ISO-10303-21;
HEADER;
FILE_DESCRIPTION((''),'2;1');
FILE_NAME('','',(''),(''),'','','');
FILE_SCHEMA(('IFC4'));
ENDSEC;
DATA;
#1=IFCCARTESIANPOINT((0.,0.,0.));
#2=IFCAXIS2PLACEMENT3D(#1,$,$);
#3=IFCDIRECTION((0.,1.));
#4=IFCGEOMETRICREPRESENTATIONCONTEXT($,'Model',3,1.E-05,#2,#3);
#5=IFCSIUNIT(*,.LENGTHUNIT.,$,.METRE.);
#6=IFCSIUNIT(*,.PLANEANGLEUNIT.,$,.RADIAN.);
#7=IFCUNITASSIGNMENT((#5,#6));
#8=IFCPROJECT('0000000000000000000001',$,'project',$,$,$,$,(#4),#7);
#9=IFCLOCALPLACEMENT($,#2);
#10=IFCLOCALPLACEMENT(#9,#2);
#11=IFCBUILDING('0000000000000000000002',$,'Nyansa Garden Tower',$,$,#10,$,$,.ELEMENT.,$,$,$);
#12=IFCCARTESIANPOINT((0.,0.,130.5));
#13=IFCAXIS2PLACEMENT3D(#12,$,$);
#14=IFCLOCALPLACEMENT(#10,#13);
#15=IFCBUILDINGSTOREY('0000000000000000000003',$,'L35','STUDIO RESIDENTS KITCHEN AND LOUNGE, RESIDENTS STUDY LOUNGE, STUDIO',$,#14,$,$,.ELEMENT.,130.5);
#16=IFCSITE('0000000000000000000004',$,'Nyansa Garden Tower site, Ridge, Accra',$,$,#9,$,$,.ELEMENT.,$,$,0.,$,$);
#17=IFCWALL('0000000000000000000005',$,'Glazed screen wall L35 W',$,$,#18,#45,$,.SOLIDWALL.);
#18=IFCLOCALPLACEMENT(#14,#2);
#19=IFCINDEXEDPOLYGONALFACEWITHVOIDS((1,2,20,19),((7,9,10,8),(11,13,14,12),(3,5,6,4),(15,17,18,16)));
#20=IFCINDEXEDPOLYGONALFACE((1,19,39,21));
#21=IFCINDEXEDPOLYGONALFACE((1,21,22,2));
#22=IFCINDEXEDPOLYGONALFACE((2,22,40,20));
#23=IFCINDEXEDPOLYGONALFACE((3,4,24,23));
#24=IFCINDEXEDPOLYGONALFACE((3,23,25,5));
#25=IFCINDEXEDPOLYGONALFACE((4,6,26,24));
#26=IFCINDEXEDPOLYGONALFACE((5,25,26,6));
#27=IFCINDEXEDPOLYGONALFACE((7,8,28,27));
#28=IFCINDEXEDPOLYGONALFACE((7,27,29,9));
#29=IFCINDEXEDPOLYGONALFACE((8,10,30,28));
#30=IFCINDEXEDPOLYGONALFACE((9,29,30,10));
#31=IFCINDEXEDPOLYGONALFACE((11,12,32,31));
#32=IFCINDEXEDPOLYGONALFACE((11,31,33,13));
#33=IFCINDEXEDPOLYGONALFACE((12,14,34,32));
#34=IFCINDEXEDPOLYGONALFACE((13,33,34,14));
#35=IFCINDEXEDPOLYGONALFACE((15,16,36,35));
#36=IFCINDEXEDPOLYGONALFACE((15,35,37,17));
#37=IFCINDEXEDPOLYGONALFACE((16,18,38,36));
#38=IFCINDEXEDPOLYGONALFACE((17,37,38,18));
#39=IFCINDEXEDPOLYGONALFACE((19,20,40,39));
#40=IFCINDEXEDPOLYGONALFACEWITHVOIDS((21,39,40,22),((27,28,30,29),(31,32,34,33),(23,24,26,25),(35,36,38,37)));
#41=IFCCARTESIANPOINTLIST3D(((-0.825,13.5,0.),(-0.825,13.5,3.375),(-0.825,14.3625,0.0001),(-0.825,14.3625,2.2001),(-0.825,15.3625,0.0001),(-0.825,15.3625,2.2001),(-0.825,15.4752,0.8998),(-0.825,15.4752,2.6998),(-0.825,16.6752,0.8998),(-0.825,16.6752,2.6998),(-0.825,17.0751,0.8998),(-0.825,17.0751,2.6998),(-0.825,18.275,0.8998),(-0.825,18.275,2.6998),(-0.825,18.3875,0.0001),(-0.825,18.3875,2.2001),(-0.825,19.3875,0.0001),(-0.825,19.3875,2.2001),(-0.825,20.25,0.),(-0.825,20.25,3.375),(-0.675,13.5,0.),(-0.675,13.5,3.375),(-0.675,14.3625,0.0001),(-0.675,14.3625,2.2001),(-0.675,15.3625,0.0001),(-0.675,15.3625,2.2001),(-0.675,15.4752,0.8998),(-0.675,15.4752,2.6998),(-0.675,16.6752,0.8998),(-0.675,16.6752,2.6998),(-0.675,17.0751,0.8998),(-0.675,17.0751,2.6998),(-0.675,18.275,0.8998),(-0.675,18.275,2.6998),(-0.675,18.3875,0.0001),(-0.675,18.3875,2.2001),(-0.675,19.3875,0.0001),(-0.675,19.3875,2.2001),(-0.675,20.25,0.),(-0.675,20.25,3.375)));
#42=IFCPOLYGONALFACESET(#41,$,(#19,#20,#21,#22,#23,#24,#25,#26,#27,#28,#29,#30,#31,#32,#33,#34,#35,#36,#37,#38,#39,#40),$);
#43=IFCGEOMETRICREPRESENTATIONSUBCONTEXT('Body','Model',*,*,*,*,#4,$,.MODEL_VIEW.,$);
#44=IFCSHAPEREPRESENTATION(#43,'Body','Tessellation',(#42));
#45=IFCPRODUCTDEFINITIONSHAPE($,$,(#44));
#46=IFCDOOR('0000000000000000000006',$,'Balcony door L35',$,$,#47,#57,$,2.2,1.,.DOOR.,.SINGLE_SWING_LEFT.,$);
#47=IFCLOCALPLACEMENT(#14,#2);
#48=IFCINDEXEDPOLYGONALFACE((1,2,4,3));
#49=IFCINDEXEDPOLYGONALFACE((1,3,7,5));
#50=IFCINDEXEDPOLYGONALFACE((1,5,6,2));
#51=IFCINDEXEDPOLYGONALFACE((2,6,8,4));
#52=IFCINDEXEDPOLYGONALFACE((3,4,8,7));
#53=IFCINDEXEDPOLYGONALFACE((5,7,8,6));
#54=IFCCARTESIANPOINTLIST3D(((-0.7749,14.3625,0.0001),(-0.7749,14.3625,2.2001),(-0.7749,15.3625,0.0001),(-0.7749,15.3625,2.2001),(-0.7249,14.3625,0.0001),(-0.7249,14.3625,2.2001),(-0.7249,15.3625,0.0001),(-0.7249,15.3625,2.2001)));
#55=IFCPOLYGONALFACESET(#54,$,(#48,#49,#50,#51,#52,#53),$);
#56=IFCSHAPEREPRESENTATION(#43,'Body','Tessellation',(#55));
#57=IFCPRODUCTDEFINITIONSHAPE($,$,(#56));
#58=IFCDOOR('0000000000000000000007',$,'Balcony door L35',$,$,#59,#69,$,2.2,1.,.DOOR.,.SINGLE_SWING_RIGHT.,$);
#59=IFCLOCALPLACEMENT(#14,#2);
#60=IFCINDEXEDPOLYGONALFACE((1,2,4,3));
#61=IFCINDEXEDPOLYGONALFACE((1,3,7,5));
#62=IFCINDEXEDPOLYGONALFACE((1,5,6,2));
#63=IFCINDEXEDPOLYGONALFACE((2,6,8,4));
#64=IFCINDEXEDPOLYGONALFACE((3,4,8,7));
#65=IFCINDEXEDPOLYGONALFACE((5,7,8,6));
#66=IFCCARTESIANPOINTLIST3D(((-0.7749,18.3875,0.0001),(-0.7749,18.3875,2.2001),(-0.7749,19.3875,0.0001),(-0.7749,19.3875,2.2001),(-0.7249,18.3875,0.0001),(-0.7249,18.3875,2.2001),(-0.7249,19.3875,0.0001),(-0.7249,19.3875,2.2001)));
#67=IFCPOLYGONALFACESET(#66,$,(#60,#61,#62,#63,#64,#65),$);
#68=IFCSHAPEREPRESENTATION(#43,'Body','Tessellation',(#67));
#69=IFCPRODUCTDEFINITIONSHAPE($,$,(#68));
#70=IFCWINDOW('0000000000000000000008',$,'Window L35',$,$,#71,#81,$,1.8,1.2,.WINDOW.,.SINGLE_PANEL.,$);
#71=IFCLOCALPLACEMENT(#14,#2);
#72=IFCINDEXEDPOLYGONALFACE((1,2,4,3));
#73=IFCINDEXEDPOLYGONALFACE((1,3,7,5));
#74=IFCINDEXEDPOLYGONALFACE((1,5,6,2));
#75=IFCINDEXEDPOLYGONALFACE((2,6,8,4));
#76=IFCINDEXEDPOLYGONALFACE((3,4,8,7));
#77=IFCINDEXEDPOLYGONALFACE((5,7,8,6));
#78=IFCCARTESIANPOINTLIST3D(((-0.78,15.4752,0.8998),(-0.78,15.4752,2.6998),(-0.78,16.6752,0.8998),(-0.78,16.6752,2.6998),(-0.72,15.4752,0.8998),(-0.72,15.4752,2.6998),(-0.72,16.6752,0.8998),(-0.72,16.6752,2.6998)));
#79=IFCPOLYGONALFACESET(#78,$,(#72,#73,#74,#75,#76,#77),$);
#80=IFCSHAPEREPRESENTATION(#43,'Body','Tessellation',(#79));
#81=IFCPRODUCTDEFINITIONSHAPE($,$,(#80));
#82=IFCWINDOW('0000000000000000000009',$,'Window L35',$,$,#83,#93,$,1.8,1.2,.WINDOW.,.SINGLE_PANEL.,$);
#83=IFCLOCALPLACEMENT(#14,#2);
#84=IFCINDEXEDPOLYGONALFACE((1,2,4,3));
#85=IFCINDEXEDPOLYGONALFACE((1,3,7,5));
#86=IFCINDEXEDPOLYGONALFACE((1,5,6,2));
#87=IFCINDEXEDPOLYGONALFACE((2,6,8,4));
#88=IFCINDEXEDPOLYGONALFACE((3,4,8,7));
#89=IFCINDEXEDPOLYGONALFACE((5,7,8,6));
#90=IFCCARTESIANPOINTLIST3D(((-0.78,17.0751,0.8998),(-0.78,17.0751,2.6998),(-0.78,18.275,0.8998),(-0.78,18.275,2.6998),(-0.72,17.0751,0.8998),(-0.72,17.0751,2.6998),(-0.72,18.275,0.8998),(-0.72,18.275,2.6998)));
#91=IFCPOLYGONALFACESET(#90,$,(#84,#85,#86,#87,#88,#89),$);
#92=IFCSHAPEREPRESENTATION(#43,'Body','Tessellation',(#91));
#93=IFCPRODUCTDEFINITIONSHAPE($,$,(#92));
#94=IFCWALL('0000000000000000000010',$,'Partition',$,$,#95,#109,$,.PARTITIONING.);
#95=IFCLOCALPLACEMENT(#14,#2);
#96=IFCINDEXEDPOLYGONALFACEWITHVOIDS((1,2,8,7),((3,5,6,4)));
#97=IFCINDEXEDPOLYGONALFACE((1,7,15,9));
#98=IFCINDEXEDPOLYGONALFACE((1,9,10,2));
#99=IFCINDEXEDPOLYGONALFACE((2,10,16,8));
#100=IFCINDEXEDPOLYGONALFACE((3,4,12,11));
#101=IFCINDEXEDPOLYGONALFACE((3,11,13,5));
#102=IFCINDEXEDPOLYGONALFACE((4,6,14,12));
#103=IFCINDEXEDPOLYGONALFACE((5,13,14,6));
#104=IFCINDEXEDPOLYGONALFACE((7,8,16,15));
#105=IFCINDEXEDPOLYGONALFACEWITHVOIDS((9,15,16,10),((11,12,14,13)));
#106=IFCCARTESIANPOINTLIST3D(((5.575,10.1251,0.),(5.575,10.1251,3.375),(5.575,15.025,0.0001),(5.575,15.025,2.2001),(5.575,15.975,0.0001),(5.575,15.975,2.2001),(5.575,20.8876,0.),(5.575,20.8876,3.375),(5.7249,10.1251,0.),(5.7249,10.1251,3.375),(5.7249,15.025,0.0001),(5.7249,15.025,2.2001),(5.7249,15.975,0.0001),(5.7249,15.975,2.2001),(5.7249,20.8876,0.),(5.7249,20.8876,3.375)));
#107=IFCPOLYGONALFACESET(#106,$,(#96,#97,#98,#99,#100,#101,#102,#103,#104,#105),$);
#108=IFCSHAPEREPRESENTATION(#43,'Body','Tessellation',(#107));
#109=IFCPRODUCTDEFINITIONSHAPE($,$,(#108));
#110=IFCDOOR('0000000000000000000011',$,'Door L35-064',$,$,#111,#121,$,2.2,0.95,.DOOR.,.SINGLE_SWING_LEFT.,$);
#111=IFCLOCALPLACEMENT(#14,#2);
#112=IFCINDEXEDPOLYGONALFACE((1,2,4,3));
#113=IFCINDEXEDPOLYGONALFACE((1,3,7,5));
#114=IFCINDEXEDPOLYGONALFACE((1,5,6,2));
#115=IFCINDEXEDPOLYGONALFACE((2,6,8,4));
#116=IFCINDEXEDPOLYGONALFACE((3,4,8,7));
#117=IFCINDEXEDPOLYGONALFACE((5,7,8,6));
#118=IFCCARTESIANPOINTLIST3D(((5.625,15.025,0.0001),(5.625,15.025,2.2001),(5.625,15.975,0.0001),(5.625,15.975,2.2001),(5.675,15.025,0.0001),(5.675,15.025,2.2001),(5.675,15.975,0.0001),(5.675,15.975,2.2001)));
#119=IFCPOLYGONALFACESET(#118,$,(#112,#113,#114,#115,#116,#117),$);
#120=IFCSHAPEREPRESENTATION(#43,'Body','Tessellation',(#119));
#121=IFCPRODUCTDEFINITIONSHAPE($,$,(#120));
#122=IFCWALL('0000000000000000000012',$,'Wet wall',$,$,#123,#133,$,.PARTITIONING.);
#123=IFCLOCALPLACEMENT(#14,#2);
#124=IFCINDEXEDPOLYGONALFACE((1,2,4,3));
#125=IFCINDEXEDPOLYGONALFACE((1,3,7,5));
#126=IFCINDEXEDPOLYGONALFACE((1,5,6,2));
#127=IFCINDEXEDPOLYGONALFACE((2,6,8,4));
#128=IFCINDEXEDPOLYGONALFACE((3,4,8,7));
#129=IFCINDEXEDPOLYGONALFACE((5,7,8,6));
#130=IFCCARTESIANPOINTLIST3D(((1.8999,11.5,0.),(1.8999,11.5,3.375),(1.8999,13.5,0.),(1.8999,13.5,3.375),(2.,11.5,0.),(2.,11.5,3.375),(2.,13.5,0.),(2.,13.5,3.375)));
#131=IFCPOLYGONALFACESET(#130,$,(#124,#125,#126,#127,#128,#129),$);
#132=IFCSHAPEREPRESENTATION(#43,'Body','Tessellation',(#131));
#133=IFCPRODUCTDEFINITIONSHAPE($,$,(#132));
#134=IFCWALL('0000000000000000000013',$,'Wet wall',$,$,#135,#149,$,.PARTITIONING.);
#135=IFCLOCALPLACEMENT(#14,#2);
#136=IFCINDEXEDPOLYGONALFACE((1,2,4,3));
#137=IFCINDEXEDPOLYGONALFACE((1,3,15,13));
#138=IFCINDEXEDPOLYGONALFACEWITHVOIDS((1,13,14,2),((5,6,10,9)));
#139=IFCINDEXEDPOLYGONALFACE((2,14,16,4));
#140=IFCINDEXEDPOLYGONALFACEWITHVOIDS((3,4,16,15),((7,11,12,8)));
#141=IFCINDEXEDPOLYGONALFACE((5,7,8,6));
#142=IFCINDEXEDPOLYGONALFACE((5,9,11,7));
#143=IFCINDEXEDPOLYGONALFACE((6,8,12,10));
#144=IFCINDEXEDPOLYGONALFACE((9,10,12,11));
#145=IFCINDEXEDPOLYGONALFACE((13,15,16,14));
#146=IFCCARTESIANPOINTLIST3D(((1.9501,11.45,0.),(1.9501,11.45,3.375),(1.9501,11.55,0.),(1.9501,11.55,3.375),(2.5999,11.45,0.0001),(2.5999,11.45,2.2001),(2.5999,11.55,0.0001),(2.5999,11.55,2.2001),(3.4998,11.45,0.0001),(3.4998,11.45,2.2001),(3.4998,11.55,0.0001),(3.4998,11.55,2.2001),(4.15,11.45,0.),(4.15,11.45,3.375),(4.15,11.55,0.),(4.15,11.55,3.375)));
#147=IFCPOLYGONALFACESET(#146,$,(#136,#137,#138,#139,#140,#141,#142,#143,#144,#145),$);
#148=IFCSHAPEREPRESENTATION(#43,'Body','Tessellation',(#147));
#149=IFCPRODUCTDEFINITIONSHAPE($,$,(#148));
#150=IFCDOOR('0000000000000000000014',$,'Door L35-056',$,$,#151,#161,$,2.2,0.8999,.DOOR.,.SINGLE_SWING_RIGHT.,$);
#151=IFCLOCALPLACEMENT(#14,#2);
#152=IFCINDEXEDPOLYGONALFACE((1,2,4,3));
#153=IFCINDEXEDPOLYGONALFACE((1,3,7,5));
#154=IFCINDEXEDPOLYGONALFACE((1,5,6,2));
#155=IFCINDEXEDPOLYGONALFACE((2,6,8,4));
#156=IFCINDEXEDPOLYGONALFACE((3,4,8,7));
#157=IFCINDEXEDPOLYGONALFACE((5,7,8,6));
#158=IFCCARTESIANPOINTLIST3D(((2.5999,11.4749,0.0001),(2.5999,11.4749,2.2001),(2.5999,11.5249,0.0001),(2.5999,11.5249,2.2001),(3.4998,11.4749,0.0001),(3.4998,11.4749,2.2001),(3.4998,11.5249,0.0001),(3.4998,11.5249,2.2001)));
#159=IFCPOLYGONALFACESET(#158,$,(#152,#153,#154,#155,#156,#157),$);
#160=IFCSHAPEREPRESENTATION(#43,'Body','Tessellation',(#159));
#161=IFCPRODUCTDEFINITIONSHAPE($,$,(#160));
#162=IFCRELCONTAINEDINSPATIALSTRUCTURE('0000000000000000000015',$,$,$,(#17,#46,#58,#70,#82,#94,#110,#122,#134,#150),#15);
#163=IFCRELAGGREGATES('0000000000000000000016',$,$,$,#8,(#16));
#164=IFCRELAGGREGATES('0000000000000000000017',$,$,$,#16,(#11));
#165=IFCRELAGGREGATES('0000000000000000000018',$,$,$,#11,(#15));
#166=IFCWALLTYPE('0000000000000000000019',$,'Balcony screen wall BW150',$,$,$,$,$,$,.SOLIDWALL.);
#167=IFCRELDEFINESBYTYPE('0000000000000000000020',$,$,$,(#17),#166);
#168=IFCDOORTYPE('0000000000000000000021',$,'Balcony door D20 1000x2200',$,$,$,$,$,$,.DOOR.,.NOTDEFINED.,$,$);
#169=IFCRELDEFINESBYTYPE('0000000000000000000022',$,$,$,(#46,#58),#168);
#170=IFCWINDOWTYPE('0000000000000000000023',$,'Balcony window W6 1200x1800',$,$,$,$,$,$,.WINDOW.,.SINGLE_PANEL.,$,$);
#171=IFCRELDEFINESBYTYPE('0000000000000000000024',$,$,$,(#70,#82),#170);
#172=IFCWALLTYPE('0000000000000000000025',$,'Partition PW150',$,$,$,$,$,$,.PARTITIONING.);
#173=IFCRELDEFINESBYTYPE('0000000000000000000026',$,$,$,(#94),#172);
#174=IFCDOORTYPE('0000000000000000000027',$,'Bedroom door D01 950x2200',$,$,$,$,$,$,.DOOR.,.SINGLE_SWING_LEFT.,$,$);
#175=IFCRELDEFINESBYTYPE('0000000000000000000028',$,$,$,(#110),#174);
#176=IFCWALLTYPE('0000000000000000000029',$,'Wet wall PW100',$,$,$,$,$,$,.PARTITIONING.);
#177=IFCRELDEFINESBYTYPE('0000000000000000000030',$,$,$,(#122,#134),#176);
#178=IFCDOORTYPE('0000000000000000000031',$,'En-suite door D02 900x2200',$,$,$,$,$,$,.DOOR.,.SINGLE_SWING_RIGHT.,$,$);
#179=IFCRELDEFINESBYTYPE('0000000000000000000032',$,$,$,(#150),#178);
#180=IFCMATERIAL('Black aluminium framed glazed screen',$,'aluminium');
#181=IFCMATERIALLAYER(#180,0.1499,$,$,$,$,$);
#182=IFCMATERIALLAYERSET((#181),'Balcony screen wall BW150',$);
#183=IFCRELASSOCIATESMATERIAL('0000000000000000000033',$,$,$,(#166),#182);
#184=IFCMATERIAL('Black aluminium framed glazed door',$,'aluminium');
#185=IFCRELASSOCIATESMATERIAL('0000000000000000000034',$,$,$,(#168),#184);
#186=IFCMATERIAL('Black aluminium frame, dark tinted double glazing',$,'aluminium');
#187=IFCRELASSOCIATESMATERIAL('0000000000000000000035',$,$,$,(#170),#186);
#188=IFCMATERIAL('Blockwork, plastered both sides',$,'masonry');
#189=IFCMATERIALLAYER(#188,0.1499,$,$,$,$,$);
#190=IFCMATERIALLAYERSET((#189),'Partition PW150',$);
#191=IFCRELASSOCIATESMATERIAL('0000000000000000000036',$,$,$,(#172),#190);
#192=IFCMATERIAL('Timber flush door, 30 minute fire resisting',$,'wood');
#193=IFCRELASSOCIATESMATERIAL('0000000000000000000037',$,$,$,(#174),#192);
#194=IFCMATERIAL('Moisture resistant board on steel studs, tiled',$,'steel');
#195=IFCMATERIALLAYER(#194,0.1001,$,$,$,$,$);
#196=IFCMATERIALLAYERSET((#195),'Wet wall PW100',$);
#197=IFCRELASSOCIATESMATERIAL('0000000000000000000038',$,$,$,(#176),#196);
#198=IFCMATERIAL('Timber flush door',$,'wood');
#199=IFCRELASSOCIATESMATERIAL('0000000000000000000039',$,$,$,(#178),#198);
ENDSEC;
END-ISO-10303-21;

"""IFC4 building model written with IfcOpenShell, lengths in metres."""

from ifc_helpers import new_model, si_unit, direction, frame, frame_2d, origin, place, context, subcontext, project, spatial, rectangle, extrude, material, layer, layer_set, type_object, element, fill, save


model = new_model("IFC4")

# Units and contexts
model_context = context("Model", 3, precision=1e-05, world=origin(), true_north=direction((0.0, 1.0)))
body_context = subcontext(model_context, "Body", "Model", "MODEL_VIEW")
ifc_project = project(units=[si_unit("LENGTHUNIT", "METRE"), si_unit("PLANEANGLEUNIT", "RADIAN")], contexts=[model_context])

# Site, building, storey
site_placement = place(None, origin())
site = spatial("IfcSite", under=ifc_project, at=site_placement, Name="Nyansa Garden Tower site, Ridge, Accra", CompositionType="ELEMENT", RefElevation=0.0)
building_placement = place(site_placement, origin())
building = spatial("IfcBuilding", under=site, at=building_placement, Name="Nyansa Garden Tower", CompositionType="ELEMENT")
storey_placement = place(building_placement, frame((0.0, 0.0, 130.5)))
storey = spatial("IfcBuildingStorey", under=building, at=storey_placement, Name="L35", Description="STUDIO RESIDENTS KITCHEN AND LOUNGE, RESIDENTS STUDY LOUNGE, STUDIO", CompositionType="ELEMENT", Elevation=130.5)

# Wall, openings, doors, windows
ifc_material_1 = material(Name="Black aluminium framed glazed screen", Category="aluminium")
ifc_layer_1 = layer(ifc_material_1, 0.1499)
ifc_layer_set_1 = layer_set([ifc_layer_1], Name="Balcony screen wall BW150")
wall_type_1 = type_object("IfcWallType", Name="Balcony screen wall BW150", PredefinedType="SOLIDWALL", material=ifc_layer_set_1)
wall_1_placement = place(storey_placement, frame((-0.75, 13.5, 0.0), z_axis=(0.0, 0.0, 1.0), x_axis=(0.0, 1.0, 0.0)))
wall_1 = element("IfcWall", 1, at=wall_1_placement, inside=storey, type_object=wall_type_1, Name="Glazed screen wall L35 W", PredefinedType="SOLIDWALL", context=body_context, shape_type="SweptSolid", body=[
    extrude(rectangle(XDim=6.75, YDim=0.1499, at=frame_2d((3.375, 0.0))), origin(), (0.0, 0.0, 1.0), 3.375),
])
opening_1_placement = place(wall_1_placement, frame((0.8625, 0.0, 0.0)))
opening_1 = element("IfcOpeningElement", 2, at=opening_1_placement, cuts=wall_1, PredefinedType="OPENING", context=body_context, shape_type="SweptSolid", body=[
    extrude(rectangle(XDim=1.0, YDim=2.2, at=frame_2d((0.5, 1.1001))), frame((0.0, 0.085, 0.0), z_axis=(0.0, -1.0, 0.0), x_axis=(1.0, 0.0, 0.0)), (0.0, 0.0, 1.0), 0.1699),
])
opening_2_placement = place(wall_1_placement, frame((1.9751, 0.0, 0.8999)))
opening_2 = element("IfcOpeningElement", 3, at=opening_2_placement, cuts=wall_1, PredefinedType="OPENING", context=body_context, shape_type="SweptSolid", body=[
    extrude(rectangle(XDim=1.2, YDim=1.8, at=frame_2d((0.6001, 0.8999))), frame((0.0, 0.085, 0.0), z_axis=(0.0, -1.0, 0.0), x_axis=(1.0, 0.0, 0.0)), (0.0, 0.0, 1.0), 0.1699),
])
opening_3_placement = place(wall_1_placement, frame((4.8875, 0.0, 0.0)))
opening_3 = element("IfcOpeningElement", 4, at=opening_3_placement, cuts=wall_1, PredefinedType="OPENING", context=body_context, shape_type="SweptSolid", body=[
    extrude(rectangle(XDim=1.0, YDim=2.2, at=frame_2d((0.5, 1.1001))), frame((0.0, 0.085, 0.0), z_axis=(0.0, -1.0, 0.0), x_axis=(1.0, 0.0, 0.0)), (0.0, 0.0, 1.0), 0.1699),
])
opening_4_placement = place(wall_1_placement, frame((3.575, 0.0, 0.8999)))
opening_4 = element("IfcOpeningElement", 5, at=opening_4_placement, cuts=wall_1, PredefinedType="OPENING", context=body_context, shape_type="SweptSolid", body=[
    extrude(rectangle(XDim=1.2, YDim=1.8, at=frame_2d((0.6001, 0.8999))), frame((0.0, 0.085, 0.0), z_axis=(0.0, -1.0, 0.0), x_axis=(1.0, 0.0, 0.0)), (0.0, 0.0, 1.0), 0.1699),
])
ifc_material_2 = material(Name="Black aluminium framed glazed door", Category="aluminium")
door_type_1 = type_object("IfcDoorType", Name="Balcony door D20 1000x2200", OperationType="NOTDEFINED", PredefinedType="DOOR", material=ifc_material_2)
door_1_placement = place(opening_1_placement, origin())
door_1 = element("IfcDoor", 6, at=door_1_placement, inside=storey, type_object=door_type_1, Name="Balcony door L35", OperationType="SINGLE_SWING_LEFT", OverallHeight=2.2, OverallWidth=1.0, PredefinedType="DOOR", context=body_context, shape_type="SweptSolid", body=[
    extrude(rectangle(XDim=1.0, YDim=2.2, at=frame_2d((0.5, 1.1001))), frame((0.0, 0.0249, 0.0), z_axis=(0.0, -1.0, 0.0), x_axis=(1.0, 0.0, 0.0)), (0.0, 0.0, 1.0), 0.05),
])
fill(opening_1, door_1)
door_2_placement = place(opening_3_placement, origin())
door_2 = element("IfcDoor", 7, at=door_2_placement, inside=storey, type_object=door_type_1, Name="Balcony door L35", OperationType="SINGLE_SWING_RIGHT", OverallHeight=2.2, OverallWidth=1.0, PredefinedType="DOOR", context=body_context, shape_type="SweptSolid", body=[
    extrude(rectangle(XDim=1.0, YDim=2.2, at=frame_2d((0.5, 1.1001))), frame((0.0, 0.0249, 0.0), z_axis=(0.0, -1.0, 0.0), x_axis=(1.0, 0.0, 0.0)), (0.0, 0.0, 1.0), 0.05),
])
fill(opening_3, door_2)
ifc_material_3 = material(Name="Black aluminium frame, dark tinted double glazing", Category="aluminium")
window_type = type_object("IfcWindowType", Name="Balcony window W6 1200x1800", PartitioningType="SINGLE_PANEL", PredefinedType="WINDOW", material=ifc_material_3)
window_1_placement = place(opening_2_placement, origin())
window_1 = element("IfcWindow", 8, at=window_1_placement, inside=storey, type_object=window_type, Name="Window L35", OverallHeight=1.8, OverallWidth=1.2, PartitioningType="SINGLE_PANEL", PredefinedType="WINDOW", context=body_context, shape_type="SweptSolid", body=[
    extrude(rectangle(XDim=1.2, YDim=1.8, at=frame_2d((0.6001, 0.8999))), frame((0.0, 0.03, 0.0), z_axis=(0.0, -1.0, 0.0), x_axis=(1.0, 0.0, 0.0)), (0.0, 0.0, 1.0), 0.0601),
])
fill(opening_2, window_1)
window_2_placement = place(opening_4_placement, origin())
window_2 = element("IfcWindow", 9, at=window_2_placement, inside=storey, type_object=window_type, Name="Window L35", OverallHeight=1.8, OverallWidth=1.2, PartitioningType="SINGLE_PANEL", PredefinedType="WINDOW", context=body_context, shape_type="SweptSolid", body=[
    extrude(rectangle(XDim=1.2, YDim=1.8, at=frame_2d((0.6001, 0.8999))), frame((0.0, 0.03, 0.0), z_axis=(0.0, -1.0, 0.0), x_axis=(1.0, 0.0, 0.0)), (0.0, 0.0, 1.0), 0.0601),
])
fill(opening_4, window_2)

# Wall, opening, door
ifc_material_4 = material(Name="Blockwork, plastered both sides", Category="masonry")
ifc_layer_2 = layer(ifc_material_4, 0.1499)
ifc_layer_set_2 = layer_set([ifc_layer_2], Name="Partition PW150")
wall_type_2 = type_object("IfcWallType", Name="Partition PW150", PredefinedType="PARTITIONING", material=ifc_layer_set_2)
wall_2_placement = place(storey_placement, frame((5.6499, 10.125, 0.0), z_axis=(0.0, 0.0, 1.0), x_axis=(0.0, 1.0, 0.0)))
wall_2 = element("IfcWall", 10, at=wall_2_placement, inside=storey, type_object=wall_type_2, Name="Partition", PredefinedType="PARTITIONING", context=body_context, shape_type="SweptSolid", body=[
    extrude(rectangle(XDim=10.7625, YDim=0.1499, at=frame_2d((5.3813, 0.0))), origin(), (0.0, 0.0, 1.0), 3.375),
])
opening_5_placement = place(wall_2_placement, frame((4.8999, 0.0, 0.0)))
opening_5 = element("IfcOpeningElement", 11, at=opening_5_placement, cuts=wall_2, PredefinedType="OPENING", context=body_context, shape_type="SweptSolid", body=[
    extrude(rectangle(XDim=0.95, YDim=2.2, at=frame_2d((0.4751, 1.1001))), frame((0.0, 0.085, 0.0), z_axis=(0.0, -1.0, 0.0), x_axis=(1.0, 0.0, 0.0)), (0.0, 0.0, 1.0), 0.1699),
])
ifc_material_5 = material(Name="Timber flush door, 30 minute fire resisting", Category="wood")
door_type_2 = type_object("IfcDoorType", Name="Bedroom door D01 950x2200", OperationType="SINGLE_SWING_LEFT", PredefinedType="DOOR", material=ifc_material_5)
door_3_placement = place(opening_5_placement, origin())
door_3 = element("IfcDoor", 12, at=door_3_placement, inside=storey, type_object=door_type_2, Name="Door L35-064", OperationType="SINGLE_SWING_LEFT", OverallHeight=2.2, OverallWidth=0.95, PredefinedType="DOOR", context=body_context, shape_type="SweptSolid", body=[
    extrude(rectangle(XDim=0.95, YDim=2.2, at=frame_2d((0.4751, 1.1001))), frame((0.0, 0.0249, 0.0), z_axis=(0.0, -1.0, 0.0), x_axis=(1.0, 0.0, 0.0)), (0.0, 0.0, 1.0), 0.05),
])
fill(opening_5, door_3)

# Wall
ifc_material_6 = material(Name="Moisture resistant board on steel studs, tiled", Category="steel")
ifc_layer_3 = layer(ifc_material_6, 0.1001)
ifc_layer_set_3 = layer_set([ifc_layer_3], Name="Wet wall PW100")
wall_type_3 = type_object("IfcWallType", Name="Wet wall PW100", PredefinedType="PARTITIONING", material=ifc_layer_set_3)
wall_3_placement = place(storey_placement, frame((1.95, 11.5, 0.0), z_axis=(0.0, 0.0, 1.0), x_axis=(0.0, 1.0, 0.0)))
element("IfcWall", 13, at=wall_3_placement, inside=storey, type_object=wall_type_3, Name="Wet wall", PredefinedType="PARTITIONING", context=body_context, shape_type="SweptSolid", body=[
    extrude(rectangle(XDim=2.0, YDim=0.1001, at=frame_2d((1.0, 0.0))), origin(), (0.0, 0.0, 1.0), 3.375),
])

# Wall, opening, door
wall_4_placement = place(storey_placement, frame((1.95, 11.5, 0.0), z_axis=(0.0, 0.0, 1.0), x_axis=(1.0, 0.0, 0.0)))
wall_4 = element("IfcWall", 14, at=wall_4_placement, inside=storey, type_object=wall_type_3, Name="Wet wall", PredefinedType="PARTITIONING", context=body_context, shape_type="SweptSolid", body=[
    extrude(rectangle(XDim=2.2, YDim=0.1001, at=frame_2d((1.1001, 0.0))), origin(), (0.0, 0.0, 1.0), 3.375),
])
opening_6_placement = place(wall_4_placement, frame((0.6499, 0.0, 0.0)))
opening_6 = element("IfcOpeningElement", 15, at=opening_6_placement, cuts=wall_4, PredefinedType="OPENING", context=body_context, shape_type="SweptSolid", body=[
    extrude(rectangle(XDim=0.8999, YDim=2.2, at=frame_2d((0.45, 1.1001))), frame((0.0, 0.0601, 0.0), z_axis=(0.0, -1.0, 0.0), x_axis=(1.0, 0.0, 0.0)), (0.0, 0.0, 1.0), 0.1201),
])
ifc_material_7 = material(Name="Timber flush door", Category="wood")
door_type_3 = type_object("IfcDoorType", Name="En-suite door D02 900x2200", OperationType="SINGLE_SWING_RIGHT", PredefinedType="DOOR", material=ifc_material_7)
door_4_placement = place(opening_6_placement, origin())
door_4 = element("IfcDoor", 16, at=door_4_placement, inside=storey, type_object=door_type_3, Name="Door L35-056", OperationType="SINGLE_SWING_RIGHT", OverallHeight=2.2, OverallWidth=0.8999, PredefinedType="DOOR", context=body_context, shape_type="SweptSolid", body=[
    extrude(rectangle(XDim=0.8999, YDim=2.2, at=frame_2d((0.45, 1.1001))), frame((0.0, 0.0249, 0.0), z_axis=(0.0, -1.0, 0.0), x_axis=(1.0, 0.0, 0.0)), (0.0, 0.0, 1.0), 0.05),
])
fill(opening_6, door_4)

save(model, "model.ifc")
